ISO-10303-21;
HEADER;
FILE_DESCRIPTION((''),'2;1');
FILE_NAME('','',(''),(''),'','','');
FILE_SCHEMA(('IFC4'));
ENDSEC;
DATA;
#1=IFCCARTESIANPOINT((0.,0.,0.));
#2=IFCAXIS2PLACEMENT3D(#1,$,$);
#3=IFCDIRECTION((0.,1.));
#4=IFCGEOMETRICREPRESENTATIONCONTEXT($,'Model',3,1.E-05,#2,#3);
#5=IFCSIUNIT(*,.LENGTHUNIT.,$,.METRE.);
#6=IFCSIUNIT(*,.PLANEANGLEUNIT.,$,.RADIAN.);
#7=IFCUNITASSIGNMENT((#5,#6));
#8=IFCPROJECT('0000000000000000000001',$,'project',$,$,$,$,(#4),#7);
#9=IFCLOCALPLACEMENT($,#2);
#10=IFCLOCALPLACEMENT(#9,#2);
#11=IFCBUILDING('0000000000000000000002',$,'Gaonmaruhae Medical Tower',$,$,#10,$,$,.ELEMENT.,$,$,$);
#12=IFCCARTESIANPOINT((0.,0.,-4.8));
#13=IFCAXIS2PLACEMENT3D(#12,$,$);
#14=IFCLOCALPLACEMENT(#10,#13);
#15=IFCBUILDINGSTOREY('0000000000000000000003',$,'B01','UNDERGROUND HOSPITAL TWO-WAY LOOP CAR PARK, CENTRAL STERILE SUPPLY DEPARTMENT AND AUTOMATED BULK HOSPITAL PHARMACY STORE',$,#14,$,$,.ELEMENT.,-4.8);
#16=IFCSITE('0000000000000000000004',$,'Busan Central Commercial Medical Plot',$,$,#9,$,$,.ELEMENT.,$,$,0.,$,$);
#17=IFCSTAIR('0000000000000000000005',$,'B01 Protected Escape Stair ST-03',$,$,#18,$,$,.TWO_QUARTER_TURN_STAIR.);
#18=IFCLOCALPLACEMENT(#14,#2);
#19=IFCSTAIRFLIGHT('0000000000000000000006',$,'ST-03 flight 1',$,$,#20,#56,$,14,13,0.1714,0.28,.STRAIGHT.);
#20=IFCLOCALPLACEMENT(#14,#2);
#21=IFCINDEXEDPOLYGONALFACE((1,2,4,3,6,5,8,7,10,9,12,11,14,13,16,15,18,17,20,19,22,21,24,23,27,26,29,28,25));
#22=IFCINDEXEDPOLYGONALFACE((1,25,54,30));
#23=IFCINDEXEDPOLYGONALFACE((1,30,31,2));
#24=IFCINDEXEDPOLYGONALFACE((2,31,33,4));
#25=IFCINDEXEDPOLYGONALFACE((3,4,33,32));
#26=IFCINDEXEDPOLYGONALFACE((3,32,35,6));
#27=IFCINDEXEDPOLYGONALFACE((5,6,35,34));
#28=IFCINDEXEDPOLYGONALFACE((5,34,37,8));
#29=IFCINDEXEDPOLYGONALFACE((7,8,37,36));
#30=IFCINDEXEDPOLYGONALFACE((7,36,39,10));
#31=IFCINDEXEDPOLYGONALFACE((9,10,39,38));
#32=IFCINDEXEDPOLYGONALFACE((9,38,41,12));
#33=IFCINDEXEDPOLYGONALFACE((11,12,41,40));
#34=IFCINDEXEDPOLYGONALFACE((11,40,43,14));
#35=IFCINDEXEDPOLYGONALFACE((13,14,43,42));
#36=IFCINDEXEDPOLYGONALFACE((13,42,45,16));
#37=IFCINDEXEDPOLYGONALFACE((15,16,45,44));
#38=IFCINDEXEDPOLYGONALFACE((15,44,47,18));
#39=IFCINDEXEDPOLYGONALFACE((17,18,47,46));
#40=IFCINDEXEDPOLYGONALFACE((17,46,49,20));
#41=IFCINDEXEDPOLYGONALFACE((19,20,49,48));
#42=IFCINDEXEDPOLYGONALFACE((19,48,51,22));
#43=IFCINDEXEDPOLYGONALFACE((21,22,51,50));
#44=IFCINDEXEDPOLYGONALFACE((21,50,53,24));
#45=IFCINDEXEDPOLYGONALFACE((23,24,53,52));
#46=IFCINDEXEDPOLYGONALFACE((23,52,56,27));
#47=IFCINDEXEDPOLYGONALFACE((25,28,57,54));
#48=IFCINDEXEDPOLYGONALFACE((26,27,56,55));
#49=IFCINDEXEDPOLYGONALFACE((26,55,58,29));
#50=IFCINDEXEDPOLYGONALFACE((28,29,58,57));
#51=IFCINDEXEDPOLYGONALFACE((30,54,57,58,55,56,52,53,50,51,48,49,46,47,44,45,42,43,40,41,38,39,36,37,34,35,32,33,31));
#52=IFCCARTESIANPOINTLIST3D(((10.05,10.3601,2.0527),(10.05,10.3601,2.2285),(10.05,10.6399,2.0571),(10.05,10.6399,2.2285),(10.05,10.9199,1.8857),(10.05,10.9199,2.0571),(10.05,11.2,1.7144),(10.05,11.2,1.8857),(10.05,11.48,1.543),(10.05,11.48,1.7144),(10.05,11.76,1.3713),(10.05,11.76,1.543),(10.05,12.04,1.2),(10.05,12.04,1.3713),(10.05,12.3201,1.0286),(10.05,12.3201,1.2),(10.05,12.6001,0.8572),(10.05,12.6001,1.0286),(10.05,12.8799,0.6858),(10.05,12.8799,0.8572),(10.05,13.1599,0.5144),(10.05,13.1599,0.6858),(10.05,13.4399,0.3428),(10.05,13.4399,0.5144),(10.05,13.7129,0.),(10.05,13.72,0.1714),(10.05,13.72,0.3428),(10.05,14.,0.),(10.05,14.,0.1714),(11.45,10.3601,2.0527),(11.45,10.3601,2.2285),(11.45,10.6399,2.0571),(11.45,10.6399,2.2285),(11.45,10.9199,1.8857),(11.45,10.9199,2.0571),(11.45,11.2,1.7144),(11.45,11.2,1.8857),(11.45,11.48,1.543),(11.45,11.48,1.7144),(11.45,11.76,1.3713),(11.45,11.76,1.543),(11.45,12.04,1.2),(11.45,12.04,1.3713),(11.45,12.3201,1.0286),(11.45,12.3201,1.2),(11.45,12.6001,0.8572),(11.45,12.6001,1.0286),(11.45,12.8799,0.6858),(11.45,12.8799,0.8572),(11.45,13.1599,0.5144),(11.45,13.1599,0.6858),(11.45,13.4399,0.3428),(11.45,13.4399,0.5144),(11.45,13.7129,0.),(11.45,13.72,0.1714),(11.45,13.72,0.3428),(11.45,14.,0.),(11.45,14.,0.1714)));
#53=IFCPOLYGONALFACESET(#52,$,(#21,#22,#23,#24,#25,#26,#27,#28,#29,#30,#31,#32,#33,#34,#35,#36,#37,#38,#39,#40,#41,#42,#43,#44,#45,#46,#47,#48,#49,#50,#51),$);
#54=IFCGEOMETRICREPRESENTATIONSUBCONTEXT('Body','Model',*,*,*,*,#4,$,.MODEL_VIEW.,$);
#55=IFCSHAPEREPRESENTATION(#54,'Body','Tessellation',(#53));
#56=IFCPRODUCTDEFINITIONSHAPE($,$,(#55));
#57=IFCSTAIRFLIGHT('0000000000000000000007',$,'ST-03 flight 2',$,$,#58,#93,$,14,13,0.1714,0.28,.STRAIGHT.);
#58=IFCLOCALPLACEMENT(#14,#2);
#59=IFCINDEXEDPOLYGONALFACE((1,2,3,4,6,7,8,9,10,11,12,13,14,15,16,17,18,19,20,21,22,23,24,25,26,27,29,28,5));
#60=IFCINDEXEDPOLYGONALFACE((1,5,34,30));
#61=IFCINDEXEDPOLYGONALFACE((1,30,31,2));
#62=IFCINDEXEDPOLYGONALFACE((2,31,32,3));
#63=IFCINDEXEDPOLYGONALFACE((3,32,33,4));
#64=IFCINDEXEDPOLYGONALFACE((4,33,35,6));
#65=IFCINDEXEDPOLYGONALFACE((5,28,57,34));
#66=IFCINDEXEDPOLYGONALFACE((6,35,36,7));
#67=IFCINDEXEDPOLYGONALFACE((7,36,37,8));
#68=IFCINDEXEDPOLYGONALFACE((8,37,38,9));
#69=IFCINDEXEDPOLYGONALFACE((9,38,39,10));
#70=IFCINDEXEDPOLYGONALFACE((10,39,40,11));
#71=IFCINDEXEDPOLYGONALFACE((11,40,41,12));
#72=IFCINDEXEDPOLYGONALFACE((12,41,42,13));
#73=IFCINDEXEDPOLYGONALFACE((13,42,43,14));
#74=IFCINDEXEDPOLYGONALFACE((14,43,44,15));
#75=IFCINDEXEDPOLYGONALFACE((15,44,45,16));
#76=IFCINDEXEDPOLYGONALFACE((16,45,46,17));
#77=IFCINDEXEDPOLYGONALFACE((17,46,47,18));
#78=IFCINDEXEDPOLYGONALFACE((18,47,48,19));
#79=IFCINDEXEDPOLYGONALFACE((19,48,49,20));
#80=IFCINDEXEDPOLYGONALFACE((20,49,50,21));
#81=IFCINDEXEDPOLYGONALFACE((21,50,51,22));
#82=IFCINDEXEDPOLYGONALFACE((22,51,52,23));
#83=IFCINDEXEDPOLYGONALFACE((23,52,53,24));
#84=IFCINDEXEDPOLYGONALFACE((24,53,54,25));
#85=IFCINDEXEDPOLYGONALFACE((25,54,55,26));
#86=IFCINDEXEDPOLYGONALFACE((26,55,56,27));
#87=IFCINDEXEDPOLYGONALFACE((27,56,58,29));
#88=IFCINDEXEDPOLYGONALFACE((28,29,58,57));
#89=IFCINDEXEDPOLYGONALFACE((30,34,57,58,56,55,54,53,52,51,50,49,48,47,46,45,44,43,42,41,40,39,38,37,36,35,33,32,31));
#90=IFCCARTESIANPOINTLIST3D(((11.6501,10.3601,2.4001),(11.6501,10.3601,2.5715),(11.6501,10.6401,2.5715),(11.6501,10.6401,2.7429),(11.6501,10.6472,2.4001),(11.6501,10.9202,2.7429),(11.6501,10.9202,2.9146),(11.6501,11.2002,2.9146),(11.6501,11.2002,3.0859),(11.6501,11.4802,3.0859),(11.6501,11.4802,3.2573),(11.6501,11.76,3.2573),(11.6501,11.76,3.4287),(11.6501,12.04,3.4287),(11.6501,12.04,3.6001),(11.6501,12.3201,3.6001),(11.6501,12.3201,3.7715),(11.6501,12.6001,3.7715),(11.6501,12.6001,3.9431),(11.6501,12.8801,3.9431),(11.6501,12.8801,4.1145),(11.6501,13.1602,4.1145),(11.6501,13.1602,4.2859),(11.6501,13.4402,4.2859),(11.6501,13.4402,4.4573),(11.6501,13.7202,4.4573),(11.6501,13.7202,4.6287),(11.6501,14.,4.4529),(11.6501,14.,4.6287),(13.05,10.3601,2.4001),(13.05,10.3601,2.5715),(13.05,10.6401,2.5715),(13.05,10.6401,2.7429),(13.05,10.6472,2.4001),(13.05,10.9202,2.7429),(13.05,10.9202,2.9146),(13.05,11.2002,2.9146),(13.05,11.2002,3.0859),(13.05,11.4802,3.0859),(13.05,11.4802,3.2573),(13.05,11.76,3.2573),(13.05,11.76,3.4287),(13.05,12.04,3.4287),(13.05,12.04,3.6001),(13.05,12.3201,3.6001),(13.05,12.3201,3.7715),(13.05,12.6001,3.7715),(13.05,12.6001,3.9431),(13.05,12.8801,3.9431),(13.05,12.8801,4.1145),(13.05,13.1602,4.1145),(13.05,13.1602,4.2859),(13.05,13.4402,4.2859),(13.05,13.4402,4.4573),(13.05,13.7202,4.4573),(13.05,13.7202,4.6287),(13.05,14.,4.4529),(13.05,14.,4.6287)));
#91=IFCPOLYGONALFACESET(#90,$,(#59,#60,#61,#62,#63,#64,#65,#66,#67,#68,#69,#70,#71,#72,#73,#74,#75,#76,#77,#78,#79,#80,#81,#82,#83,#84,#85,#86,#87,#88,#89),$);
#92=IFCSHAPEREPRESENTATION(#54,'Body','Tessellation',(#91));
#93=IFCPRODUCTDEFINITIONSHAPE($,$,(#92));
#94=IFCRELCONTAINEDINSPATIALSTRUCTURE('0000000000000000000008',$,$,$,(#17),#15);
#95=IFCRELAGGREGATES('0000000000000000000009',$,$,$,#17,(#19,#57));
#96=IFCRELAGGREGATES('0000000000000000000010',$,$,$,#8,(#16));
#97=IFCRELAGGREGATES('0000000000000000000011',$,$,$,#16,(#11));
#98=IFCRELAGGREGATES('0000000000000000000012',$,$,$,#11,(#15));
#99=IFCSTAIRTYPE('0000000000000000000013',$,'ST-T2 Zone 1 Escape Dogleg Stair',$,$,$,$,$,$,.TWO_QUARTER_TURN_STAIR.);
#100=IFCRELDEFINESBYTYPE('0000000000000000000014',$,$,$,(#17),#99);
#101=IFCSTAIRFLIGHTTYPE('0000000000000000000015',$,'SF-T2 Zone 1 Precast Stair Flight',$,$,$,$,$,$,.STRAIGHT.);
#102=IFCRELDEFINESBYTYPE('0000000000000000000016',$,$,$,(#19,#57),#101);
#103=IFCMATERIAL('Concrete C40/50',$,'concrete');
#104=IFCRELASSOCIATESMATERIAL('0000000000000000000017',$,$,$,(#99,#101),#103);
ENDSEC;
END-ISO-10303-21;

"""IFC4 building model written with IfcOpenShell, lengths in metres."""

from ifc_helpers import new_model, si_unit, direction, frame, origin, place, context, subcontext, project, spatial, polyline, outline, extrude, material, type_object, element, aggregate, save


model = new_model("IFC4")

# Units and contexts
model_context = context("Model", 3, precision=1e-05, world=origin(), true_north=direction((0.0, 1.0)))
body_context = subcontext(model_context, "Body", "Model", "MODEL_VIEW")
ifc_project = project(units=[si_unit("LENGTHUNIT", "METRE"), si_unit("PLANEANGLEUNIT", "RADIAN")], contexts=[model_context])

# Site, building, storey
site_placement = place(None, origin())
site = spatial("IfcSite", under=ifc_project, at=site_placement, Name="Busan Central Commercial Medical Plot", CompositionType="ELEMENT", RefElevation=0.0)
building_placement = place(site_placement, origin())
building = spatial("IfcBuilding", under=site, at=building_placement, Name="Gaonmaruhae Medical Tower", CompositionType="ELEMENT")
storey_placement = place(building_placement, frame((0.0, 0.0, -4.8)))
storey = spatial("IfcBuildingStorey", under=building, at=storey_placement, Name="B01", Description="UNDERGROUND HOSPITAL TWO-WAY LOOP CAR PARK, CENTRAL STERILE SUPPLY DEPARTMENT AND AUTOMATED BULK HOSPITAL PHARMACY STORE", CompositionType="ELEMENT", Elevation=-4.8)

# Shared definitions
ifc_material_1 = material(Name="Concrete C40/50", Category="concrete")

# Stair, stair flights
stair_type_1 = type_object("IfcStairType", Name="ST-T2 Zone 1 Escape Dogleg Stair", PredefinedType="TWO_QUARTER_TURN_STAIR", material=ifc_material_1)
stair_1_placement = place(storey_placement, origin())
stair_1 = element("IfcStair", 1, at=stair_1_placement, inside=storey, type_object=stair_type_1, Name="B01 Protected Escape Stair ST-03", PredefinedType="TWO_QUARTER_TURN_STAIR")
stair_flight_type_1 = type_object("IfcStairFlightType", Name="SF-T2 Zone 1 Precast Stair Flight", PredefinedType="STRAIGHT", material=ifc_material_1)
stair_flight_1_placement = place(storey_placement, frame((10.75, 14.0, 0.0), z_axis=(0.0, 0.0, 1.0), x_axis=(0.0, -1.0, 0.0)))
stair_flight_1 = element("IfcStairFlight", 2, at=stair_flight_1_placement, type_object=stair_flight_type_1, Name="ST-03 flight 1", NumberOfRisers=14, NumberOfTreads=13, PredefinedType="STRAIGHT", RiserHeight=0.1714, TreadLength=0.28, context=body_context, shape_type="SweptSolid", body=[
    extrude(outline(polyline([(0.0, 0.0), (0.0, 0.1714), (0.28, 0.1714), (0.28, 0.3428), (0.5601, 0.3428), (0.5601, 0.5144), (0.8401, 0.5144), (0.8401, 0.6858), (1.1201, 0.6858), (1.1201, 0.8572), (1.3999, 0.8572), (1.3999, 1.0286), (1.6799, 1.0286), (1.6799, 1.2), (1.96, 1.2), (1.96, 1.3713), (2.24, 1.3713), (2.24, 1.543), (2.52, 1.543), (2.52, 1.7144), (2.8, 1.7144), (2.8, 1.8857), (3.0801, 1.8857), (3.0801, 2.0571), (3.3601, 2.0571), (3.3601, 2.2285), (3.6399, 2.2285), (3.6399, 2.3999), (3.6399, 2.0527), (0.2871, 0.0), (0.0, 0.0)])), frame((0.0, 0.7, 0.0), z_axis=(0.0, -1.0, 0.0), x_axis=(1.0, 0.0, 0.0)), (0.0, 0.0, 1.0), 1.3999),
])
stair_flight_2_placement = place(storey_placement, frame((12.3501, 10.3601, 2.4001), z_axis=(0.0, 0.0, 1.0), x_axis=(0.0, 1.0, 0.0)))
stair_flight_2 = element("IfcStairFlight", 3, at=stair_flight_2_placement, type_object=stair_flight_type_1, Name="ST-03 flight 2", NumberOfRisers=14, NumberOfTreads=13, PredefinedType="STRAIGHT", RiserHeight=0.1714, TreadLength=0.28, context=body_context, shape_type="SweptSolid", body=[
    extrude(outline(polyline([(0.0, 0.0), (0.0, 0.1714), (0.28, 0.1714), (0.28, 0.3428), (0.5601, 0.3428), (0.5601, 0.5144), (0.8401, 0.5144), (0.8401, 0.6858), (1.1201, 0.6858), (1.1201, 0.8572), (1.3999, 0.8572), (1.3999, 1.0286), (1.6799, 1.0286), (1.6799, 1.2), (1.96, 1.2), (1.96, 1.3713), (2.24, 1.3713), (2.24, 1.543), (2.52, 1.543), (2.52, 1.7144), (2.8, 1.7144), (2.8, 1.8857), (3.0801, 1.8857), (3.0801, 2.0571), (3.3601, 2.0571), (3.3601, 2.2285), (3.6399, 2.2285), (3.6399, 2.3999), (3.6399, 2.0527), (0.2871, 0.0), (0.0, 0.0)])), frame((0.0, 0.7, 0.0), z_axis=(0.0, -1.0, 0.0), x_axis=(1.0, 0.0, 0.0)), (0.0, 0.0, 1.0), 1.3999),
])
aggregate(stair_1, [stair_flight_1, stair_flight_2])

save(model, "model.ifc")
